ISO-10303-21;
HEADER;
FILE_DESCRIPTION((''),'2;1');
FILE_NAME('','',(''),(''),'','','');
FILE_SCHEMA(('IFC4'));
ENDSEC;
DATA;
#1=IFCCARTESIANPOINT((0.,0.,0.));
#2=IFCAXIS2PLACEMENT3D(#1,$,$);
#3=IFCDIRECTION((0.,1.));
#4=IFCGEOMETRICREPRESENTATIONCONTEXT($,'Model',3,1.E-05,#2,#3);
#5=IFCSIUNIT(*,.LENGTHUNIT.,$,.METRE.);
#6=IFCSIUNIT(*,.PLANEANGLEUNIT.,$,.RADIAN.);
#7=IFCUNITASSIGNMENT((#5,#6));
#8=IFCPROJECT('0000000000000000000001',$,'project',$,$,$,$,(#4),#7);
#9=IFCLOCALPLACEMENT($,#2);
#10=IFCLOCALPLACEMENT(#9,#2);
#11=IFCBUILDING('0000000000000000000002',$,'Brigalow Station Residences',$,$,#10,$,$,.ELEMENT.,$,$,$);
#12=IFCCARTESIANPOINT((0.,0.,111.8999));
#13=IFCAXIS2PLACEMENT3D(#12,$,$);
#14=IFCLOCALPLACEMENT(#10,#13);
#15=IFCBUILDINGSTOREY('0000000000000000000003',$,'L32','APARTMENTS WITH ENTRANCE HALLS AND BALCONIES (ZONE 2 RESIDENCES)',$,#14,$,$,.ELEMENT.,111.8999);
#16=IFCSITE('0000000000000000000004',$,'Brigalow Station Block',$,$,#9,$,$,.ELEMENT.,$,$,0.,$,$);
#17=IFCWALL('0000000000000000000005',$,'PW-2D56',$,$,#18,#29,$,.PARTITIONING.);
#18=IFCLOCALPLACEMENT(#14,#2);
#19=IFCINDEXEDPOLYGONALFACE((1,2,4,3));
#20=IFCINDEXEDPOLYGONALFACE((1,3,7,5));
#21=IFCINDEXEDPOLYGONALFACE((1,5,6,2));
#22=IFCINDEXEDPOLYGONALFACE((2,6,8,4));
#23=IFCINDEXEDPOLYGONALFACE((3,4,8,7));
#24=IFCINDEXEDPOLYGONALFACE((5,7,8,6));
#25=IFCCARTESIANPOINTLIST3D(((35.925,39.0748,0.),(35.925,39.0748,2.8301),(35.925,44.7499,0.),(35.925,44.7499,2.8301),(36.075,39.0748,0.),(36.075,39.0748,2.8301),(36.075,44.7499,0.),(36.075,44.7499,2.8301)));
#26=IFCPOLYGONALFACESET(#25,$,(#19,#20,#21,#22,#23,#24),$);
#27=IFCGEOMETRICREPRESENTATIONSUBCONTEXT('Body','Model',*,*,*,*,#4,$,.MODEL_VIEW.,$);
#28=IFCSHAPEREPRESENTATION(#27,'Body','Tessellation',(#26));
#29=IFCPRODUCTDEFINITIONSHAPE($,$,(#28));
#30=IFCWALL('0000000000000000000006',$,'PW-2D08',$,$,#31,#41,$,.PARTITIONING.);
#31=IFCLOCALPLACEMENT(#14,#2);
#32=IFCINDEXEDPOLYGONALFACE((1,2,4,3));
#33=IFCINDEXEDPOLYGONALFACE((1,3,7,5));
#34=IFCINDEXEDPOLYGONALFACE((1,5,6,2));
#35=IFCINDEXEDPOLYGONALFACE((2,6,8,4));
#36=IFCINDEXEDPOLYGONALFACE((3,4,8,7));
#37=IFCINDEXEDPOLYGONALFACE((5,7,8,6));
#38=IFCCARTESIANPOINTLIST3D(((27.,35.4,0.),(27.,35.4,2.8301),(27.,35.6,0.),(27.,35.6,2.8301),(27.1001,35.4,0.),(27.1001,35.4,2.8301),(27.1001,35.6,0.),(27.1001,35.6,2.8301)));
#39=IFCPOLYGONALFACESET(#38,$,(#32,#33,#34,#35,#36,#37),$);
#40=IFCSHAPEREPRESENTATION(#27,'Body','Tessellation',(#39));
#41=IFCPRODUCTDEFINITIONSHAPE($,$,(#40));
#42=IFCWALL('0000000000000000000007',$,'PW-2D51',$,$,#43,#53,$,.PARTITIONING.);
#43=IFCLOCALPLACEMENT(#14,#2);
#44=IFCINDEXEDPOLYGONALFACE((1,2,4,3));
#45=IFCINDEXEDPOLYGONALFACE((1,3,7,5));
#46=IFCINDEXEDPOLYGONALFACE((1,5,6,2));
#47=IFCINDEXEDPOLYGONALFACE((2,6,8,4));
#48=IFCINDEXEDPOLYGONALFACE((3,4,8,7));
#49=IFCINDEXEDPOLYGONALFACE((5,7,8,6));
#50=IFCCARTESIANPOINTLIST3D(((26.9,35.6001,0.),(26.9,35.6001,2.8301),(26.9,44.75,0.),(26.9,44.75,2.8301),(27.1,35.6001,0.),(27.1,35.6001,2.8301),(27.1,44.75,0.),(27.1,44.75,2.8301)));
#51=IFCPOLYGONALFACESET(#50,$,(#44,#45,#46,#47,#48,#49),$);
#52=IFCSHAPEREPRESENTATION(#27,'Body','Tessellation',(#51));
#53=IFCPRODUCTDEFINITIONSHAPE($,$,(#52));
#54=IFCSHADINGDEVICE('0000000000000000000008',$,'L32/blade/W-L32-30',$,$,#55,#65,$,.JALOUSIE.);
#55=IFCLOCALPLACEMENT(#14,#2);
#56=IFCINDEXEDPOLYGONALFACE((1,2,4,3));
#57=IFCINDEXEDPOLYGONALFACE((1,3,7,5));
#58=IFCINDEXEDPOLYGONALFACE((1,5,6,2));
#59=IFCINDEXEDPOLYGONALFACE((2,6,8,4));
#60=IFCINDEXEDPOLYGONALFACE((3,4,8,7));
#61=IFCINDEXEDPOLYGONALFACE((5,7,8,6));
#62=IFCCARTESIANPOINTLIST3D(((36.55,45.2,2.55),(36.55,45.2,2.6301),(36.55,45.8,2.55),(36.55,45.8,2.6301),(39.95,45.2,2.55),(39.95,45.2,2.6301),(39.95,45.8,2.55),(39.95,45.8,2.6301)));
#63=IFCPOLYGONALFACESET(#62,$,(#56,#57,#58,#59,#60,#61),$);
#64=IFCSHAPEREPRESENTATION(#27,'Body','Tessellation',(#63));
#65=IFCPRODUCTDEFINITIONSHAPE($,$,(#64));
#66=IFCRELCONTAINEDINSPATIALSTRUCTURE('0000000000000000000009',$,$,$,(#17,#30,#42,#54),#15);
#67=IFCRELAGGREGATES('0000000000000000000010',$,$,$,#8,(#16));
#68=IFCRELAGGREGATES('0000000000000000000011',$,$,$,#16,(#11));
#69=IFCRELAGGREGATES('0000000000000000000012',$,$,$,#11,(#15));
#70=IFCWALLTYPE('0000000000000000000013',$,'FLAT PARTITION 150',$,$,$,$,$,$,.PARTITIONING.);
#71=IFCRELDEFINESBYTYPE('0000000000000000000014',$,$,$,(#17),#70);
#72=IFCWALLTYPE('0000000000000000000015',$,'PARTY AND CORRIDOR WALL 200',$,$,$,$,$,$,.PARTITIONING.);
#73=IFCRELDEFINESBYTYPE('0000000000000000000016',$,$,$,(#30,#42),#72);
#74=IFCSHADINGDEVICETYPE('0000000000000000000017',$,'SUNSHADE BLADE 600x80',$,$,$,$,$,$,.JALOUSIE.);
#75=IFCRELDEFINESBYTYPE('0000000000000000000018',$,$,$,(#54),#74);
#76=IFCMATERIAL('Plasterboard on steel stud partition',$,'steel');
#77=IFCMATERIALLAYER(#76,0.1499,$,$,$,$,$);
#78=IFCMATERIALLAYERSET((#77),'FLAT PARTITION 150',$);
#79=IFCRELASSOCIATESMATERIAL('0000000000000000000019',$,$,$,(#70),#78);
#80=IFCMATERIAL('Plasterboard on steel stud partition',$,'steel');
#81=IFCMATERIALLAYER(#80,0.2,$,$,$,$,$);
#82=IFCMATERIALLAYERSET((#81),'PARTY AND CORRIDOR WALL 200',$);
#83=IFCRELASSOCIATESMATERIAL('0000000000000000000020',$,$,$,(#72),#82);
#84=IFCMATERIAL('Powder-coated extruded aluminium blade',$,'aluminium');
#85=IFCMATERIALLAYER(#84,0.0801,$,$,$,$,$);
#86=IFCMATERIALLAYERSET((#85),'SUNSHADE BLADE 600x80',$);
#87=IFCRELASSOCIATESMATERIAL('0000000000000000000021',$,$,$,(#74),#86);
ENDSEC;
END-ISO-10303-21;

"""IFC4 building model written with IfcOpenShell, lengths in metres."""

from ifc_helpers import new_model, si_unit, direction, frame, frame_2d, origin, origin_2d, place, context, subcontext, project, spatial, rectangle, extrude, material, layer, layer_set, type_object, element, save


model = new_model("IFC4")

# Units and contexts
model_context = context("Model", 3, precision=1e-05, world=origin(), true_north=direction((0.0, 1.0)))
body_context = subcontext(model_context, "Body", "Model", "MODEL_VIEW")
ifc_project = project(units=[si_unit("LENGTHUNIT", "METRE"), si_unit("PLANEANGLEUNIT", "RADIAN")], contexts=[model_context])

# Site, building, storey
site_placement = place(None, origin())
site = spatial("IfcSite", under=ifc_project, at=site_placement, Name="Brigalow Station Block", CompositionType="ELEMENT", RefElevation=0.0)
building_placement = place(site_placement, origin())
building = spatial("IfcBuilding", under=site, at=building_placement, Name="Brigalow Station Residences", CompositionType="ELEMENT")
storey_placement = place(building_placement, frame((0.0, 0.0, 111.8999)))
storey = spatial("IfcBuildingStorey", under=building, at=storey_placement, Name="L32", Description="APARTMENTS WITH ENTRANCE HALLS AND BALCONIES (ZONE 2 RESIDENCES)", CompositionType="ELEMENT", Elevation=111.8999)

# Shared definitions
ifc_material_1 = material(Name="Plasterboard on steel stud partition", Category="steel")
ifc_layer_1 = layer(ifc_material_1, 0.1499)
ifc_layer_set_1 = layer_set([ifc_layer_1], Name="FLAT PARTITION 150")
wall_type_1 = type_object("IfcWallType", Name="FLAT PARTITION 150", PredefinedType="PARTITIONING", material=ifc_layer_set_1)

# Walls
for number, where, z_axis, x_axis, name in (
    (1, (36.0, 39.075, 0.0), (0.0, 0.0, 1.0), (0.0, 1.0, 0.0), "PW-2D56"),
):
    element("IfcWall", number, at=place(storey_placement, frame(where, z_axis=z_axis, x_axis=x_axis)), inside=storey, type_object=wall_type_1, Name=name, PredefinedType="PARTITIONING", context=body_context, shape_type="SweptSolid", body=[
        extrude(rectangle(XDim=5.675, YDim=0.1499, at=frame_2d((2.8374, 0.0))), origin(), (0.0, 0.0, 1.0), 2.8301),
    ])
ifc_material_2 = material(Name="Plasterboard on steel stud partition", Category="steel")
ifc_layer_2 = layer(ifc_material_2, 0.2)
ifc_layer_set_2 = layer_set([ifc_layer_2], Name="PARTY AND CORRIDOR WALL 200")
wall_type_2 = type_object("IfcWallType", Name="PARTY AND CORRIDOR WALL 200", PredefinedType="PARTITIONING", material=ifc_layer_set_2)
wall_1_placement = place(storey_placement, frame((27.0, 35.5, 0.0), z_axis=(0.0, 0.0, 1.0), x_axis=(1.0, 0.0, 0.0)))
element("IfcWall", 2, at=wall_1_placement, inside=storey, type_object=wall_type_2, Name="PW-2D08", PredefinedType="PARTITIONING", context=body_context, shape_type="SweptSolid", body=[
    extrude(rectangle(XDim=0.1001, YDim=0.2, at=frame_2d((0.05, 0.0))), origin(), (0.0, 0.0, 1.0), 2.8301),
])
wall_2_placement = place(storey_placement, frame((27.0, 35.6001, 0.0), z_axis=(0.0, 0.0, 1.0), x_axis=(0.0, 1.0, 0.0)))
element("IfcWall", 3, at=wall_2_placement, inside=storey, type_object=wall_type_2, Name="PW-2D51", PredefinedType="PARTITIONING", context=body_context, shape_type="SweptSolid", body=[
    extrude(rectangle(XDim=9.1499, YDim=0.2, at=frame_2d((4.575, 0.0))), origin(), (0.0, 0.0, 1.0), 2.8301),
])

# Shading device
ifc_material_3 = material(Name="Powder-coated extruded aluminium blade", Category="aluminium")
ifc_layer_3 = layer(ifc_material_3, 0.0801)
ifc_layer_set_3 = layer_set([ifc_layer_3], Name="SUNSHADE BLADE 600x80")
shading_device_type = type_object("IfcShadingDeviceType", Name="SUNSHADE BLADE 600x80", PredefinedType="JALOUSIE", material=ifc_layer_set_3)
shading_device_placement = place(storey_placement, frame((38.25, 45.5, 2.55), z_axis=(0.0, 0.0, 1.0), x_axis=(-1.0, 0.0, 0.0)))
element("IfcShadingDevice", 4, at=shading_device_placement, inside=storey, type_object=shading_device_type, Name="L32/blade/W-L32-30", PredefinedType="JALOUSIE", context=body_context, shape_type="SweptSolid", body=[
    extrude(rectangle(XDim=3.3999, YDim=0.6001, at=origin_2d()), origin(), (0.0, 0.0, 1.0), 0.0801),
])

save(model, "model.ifc")
